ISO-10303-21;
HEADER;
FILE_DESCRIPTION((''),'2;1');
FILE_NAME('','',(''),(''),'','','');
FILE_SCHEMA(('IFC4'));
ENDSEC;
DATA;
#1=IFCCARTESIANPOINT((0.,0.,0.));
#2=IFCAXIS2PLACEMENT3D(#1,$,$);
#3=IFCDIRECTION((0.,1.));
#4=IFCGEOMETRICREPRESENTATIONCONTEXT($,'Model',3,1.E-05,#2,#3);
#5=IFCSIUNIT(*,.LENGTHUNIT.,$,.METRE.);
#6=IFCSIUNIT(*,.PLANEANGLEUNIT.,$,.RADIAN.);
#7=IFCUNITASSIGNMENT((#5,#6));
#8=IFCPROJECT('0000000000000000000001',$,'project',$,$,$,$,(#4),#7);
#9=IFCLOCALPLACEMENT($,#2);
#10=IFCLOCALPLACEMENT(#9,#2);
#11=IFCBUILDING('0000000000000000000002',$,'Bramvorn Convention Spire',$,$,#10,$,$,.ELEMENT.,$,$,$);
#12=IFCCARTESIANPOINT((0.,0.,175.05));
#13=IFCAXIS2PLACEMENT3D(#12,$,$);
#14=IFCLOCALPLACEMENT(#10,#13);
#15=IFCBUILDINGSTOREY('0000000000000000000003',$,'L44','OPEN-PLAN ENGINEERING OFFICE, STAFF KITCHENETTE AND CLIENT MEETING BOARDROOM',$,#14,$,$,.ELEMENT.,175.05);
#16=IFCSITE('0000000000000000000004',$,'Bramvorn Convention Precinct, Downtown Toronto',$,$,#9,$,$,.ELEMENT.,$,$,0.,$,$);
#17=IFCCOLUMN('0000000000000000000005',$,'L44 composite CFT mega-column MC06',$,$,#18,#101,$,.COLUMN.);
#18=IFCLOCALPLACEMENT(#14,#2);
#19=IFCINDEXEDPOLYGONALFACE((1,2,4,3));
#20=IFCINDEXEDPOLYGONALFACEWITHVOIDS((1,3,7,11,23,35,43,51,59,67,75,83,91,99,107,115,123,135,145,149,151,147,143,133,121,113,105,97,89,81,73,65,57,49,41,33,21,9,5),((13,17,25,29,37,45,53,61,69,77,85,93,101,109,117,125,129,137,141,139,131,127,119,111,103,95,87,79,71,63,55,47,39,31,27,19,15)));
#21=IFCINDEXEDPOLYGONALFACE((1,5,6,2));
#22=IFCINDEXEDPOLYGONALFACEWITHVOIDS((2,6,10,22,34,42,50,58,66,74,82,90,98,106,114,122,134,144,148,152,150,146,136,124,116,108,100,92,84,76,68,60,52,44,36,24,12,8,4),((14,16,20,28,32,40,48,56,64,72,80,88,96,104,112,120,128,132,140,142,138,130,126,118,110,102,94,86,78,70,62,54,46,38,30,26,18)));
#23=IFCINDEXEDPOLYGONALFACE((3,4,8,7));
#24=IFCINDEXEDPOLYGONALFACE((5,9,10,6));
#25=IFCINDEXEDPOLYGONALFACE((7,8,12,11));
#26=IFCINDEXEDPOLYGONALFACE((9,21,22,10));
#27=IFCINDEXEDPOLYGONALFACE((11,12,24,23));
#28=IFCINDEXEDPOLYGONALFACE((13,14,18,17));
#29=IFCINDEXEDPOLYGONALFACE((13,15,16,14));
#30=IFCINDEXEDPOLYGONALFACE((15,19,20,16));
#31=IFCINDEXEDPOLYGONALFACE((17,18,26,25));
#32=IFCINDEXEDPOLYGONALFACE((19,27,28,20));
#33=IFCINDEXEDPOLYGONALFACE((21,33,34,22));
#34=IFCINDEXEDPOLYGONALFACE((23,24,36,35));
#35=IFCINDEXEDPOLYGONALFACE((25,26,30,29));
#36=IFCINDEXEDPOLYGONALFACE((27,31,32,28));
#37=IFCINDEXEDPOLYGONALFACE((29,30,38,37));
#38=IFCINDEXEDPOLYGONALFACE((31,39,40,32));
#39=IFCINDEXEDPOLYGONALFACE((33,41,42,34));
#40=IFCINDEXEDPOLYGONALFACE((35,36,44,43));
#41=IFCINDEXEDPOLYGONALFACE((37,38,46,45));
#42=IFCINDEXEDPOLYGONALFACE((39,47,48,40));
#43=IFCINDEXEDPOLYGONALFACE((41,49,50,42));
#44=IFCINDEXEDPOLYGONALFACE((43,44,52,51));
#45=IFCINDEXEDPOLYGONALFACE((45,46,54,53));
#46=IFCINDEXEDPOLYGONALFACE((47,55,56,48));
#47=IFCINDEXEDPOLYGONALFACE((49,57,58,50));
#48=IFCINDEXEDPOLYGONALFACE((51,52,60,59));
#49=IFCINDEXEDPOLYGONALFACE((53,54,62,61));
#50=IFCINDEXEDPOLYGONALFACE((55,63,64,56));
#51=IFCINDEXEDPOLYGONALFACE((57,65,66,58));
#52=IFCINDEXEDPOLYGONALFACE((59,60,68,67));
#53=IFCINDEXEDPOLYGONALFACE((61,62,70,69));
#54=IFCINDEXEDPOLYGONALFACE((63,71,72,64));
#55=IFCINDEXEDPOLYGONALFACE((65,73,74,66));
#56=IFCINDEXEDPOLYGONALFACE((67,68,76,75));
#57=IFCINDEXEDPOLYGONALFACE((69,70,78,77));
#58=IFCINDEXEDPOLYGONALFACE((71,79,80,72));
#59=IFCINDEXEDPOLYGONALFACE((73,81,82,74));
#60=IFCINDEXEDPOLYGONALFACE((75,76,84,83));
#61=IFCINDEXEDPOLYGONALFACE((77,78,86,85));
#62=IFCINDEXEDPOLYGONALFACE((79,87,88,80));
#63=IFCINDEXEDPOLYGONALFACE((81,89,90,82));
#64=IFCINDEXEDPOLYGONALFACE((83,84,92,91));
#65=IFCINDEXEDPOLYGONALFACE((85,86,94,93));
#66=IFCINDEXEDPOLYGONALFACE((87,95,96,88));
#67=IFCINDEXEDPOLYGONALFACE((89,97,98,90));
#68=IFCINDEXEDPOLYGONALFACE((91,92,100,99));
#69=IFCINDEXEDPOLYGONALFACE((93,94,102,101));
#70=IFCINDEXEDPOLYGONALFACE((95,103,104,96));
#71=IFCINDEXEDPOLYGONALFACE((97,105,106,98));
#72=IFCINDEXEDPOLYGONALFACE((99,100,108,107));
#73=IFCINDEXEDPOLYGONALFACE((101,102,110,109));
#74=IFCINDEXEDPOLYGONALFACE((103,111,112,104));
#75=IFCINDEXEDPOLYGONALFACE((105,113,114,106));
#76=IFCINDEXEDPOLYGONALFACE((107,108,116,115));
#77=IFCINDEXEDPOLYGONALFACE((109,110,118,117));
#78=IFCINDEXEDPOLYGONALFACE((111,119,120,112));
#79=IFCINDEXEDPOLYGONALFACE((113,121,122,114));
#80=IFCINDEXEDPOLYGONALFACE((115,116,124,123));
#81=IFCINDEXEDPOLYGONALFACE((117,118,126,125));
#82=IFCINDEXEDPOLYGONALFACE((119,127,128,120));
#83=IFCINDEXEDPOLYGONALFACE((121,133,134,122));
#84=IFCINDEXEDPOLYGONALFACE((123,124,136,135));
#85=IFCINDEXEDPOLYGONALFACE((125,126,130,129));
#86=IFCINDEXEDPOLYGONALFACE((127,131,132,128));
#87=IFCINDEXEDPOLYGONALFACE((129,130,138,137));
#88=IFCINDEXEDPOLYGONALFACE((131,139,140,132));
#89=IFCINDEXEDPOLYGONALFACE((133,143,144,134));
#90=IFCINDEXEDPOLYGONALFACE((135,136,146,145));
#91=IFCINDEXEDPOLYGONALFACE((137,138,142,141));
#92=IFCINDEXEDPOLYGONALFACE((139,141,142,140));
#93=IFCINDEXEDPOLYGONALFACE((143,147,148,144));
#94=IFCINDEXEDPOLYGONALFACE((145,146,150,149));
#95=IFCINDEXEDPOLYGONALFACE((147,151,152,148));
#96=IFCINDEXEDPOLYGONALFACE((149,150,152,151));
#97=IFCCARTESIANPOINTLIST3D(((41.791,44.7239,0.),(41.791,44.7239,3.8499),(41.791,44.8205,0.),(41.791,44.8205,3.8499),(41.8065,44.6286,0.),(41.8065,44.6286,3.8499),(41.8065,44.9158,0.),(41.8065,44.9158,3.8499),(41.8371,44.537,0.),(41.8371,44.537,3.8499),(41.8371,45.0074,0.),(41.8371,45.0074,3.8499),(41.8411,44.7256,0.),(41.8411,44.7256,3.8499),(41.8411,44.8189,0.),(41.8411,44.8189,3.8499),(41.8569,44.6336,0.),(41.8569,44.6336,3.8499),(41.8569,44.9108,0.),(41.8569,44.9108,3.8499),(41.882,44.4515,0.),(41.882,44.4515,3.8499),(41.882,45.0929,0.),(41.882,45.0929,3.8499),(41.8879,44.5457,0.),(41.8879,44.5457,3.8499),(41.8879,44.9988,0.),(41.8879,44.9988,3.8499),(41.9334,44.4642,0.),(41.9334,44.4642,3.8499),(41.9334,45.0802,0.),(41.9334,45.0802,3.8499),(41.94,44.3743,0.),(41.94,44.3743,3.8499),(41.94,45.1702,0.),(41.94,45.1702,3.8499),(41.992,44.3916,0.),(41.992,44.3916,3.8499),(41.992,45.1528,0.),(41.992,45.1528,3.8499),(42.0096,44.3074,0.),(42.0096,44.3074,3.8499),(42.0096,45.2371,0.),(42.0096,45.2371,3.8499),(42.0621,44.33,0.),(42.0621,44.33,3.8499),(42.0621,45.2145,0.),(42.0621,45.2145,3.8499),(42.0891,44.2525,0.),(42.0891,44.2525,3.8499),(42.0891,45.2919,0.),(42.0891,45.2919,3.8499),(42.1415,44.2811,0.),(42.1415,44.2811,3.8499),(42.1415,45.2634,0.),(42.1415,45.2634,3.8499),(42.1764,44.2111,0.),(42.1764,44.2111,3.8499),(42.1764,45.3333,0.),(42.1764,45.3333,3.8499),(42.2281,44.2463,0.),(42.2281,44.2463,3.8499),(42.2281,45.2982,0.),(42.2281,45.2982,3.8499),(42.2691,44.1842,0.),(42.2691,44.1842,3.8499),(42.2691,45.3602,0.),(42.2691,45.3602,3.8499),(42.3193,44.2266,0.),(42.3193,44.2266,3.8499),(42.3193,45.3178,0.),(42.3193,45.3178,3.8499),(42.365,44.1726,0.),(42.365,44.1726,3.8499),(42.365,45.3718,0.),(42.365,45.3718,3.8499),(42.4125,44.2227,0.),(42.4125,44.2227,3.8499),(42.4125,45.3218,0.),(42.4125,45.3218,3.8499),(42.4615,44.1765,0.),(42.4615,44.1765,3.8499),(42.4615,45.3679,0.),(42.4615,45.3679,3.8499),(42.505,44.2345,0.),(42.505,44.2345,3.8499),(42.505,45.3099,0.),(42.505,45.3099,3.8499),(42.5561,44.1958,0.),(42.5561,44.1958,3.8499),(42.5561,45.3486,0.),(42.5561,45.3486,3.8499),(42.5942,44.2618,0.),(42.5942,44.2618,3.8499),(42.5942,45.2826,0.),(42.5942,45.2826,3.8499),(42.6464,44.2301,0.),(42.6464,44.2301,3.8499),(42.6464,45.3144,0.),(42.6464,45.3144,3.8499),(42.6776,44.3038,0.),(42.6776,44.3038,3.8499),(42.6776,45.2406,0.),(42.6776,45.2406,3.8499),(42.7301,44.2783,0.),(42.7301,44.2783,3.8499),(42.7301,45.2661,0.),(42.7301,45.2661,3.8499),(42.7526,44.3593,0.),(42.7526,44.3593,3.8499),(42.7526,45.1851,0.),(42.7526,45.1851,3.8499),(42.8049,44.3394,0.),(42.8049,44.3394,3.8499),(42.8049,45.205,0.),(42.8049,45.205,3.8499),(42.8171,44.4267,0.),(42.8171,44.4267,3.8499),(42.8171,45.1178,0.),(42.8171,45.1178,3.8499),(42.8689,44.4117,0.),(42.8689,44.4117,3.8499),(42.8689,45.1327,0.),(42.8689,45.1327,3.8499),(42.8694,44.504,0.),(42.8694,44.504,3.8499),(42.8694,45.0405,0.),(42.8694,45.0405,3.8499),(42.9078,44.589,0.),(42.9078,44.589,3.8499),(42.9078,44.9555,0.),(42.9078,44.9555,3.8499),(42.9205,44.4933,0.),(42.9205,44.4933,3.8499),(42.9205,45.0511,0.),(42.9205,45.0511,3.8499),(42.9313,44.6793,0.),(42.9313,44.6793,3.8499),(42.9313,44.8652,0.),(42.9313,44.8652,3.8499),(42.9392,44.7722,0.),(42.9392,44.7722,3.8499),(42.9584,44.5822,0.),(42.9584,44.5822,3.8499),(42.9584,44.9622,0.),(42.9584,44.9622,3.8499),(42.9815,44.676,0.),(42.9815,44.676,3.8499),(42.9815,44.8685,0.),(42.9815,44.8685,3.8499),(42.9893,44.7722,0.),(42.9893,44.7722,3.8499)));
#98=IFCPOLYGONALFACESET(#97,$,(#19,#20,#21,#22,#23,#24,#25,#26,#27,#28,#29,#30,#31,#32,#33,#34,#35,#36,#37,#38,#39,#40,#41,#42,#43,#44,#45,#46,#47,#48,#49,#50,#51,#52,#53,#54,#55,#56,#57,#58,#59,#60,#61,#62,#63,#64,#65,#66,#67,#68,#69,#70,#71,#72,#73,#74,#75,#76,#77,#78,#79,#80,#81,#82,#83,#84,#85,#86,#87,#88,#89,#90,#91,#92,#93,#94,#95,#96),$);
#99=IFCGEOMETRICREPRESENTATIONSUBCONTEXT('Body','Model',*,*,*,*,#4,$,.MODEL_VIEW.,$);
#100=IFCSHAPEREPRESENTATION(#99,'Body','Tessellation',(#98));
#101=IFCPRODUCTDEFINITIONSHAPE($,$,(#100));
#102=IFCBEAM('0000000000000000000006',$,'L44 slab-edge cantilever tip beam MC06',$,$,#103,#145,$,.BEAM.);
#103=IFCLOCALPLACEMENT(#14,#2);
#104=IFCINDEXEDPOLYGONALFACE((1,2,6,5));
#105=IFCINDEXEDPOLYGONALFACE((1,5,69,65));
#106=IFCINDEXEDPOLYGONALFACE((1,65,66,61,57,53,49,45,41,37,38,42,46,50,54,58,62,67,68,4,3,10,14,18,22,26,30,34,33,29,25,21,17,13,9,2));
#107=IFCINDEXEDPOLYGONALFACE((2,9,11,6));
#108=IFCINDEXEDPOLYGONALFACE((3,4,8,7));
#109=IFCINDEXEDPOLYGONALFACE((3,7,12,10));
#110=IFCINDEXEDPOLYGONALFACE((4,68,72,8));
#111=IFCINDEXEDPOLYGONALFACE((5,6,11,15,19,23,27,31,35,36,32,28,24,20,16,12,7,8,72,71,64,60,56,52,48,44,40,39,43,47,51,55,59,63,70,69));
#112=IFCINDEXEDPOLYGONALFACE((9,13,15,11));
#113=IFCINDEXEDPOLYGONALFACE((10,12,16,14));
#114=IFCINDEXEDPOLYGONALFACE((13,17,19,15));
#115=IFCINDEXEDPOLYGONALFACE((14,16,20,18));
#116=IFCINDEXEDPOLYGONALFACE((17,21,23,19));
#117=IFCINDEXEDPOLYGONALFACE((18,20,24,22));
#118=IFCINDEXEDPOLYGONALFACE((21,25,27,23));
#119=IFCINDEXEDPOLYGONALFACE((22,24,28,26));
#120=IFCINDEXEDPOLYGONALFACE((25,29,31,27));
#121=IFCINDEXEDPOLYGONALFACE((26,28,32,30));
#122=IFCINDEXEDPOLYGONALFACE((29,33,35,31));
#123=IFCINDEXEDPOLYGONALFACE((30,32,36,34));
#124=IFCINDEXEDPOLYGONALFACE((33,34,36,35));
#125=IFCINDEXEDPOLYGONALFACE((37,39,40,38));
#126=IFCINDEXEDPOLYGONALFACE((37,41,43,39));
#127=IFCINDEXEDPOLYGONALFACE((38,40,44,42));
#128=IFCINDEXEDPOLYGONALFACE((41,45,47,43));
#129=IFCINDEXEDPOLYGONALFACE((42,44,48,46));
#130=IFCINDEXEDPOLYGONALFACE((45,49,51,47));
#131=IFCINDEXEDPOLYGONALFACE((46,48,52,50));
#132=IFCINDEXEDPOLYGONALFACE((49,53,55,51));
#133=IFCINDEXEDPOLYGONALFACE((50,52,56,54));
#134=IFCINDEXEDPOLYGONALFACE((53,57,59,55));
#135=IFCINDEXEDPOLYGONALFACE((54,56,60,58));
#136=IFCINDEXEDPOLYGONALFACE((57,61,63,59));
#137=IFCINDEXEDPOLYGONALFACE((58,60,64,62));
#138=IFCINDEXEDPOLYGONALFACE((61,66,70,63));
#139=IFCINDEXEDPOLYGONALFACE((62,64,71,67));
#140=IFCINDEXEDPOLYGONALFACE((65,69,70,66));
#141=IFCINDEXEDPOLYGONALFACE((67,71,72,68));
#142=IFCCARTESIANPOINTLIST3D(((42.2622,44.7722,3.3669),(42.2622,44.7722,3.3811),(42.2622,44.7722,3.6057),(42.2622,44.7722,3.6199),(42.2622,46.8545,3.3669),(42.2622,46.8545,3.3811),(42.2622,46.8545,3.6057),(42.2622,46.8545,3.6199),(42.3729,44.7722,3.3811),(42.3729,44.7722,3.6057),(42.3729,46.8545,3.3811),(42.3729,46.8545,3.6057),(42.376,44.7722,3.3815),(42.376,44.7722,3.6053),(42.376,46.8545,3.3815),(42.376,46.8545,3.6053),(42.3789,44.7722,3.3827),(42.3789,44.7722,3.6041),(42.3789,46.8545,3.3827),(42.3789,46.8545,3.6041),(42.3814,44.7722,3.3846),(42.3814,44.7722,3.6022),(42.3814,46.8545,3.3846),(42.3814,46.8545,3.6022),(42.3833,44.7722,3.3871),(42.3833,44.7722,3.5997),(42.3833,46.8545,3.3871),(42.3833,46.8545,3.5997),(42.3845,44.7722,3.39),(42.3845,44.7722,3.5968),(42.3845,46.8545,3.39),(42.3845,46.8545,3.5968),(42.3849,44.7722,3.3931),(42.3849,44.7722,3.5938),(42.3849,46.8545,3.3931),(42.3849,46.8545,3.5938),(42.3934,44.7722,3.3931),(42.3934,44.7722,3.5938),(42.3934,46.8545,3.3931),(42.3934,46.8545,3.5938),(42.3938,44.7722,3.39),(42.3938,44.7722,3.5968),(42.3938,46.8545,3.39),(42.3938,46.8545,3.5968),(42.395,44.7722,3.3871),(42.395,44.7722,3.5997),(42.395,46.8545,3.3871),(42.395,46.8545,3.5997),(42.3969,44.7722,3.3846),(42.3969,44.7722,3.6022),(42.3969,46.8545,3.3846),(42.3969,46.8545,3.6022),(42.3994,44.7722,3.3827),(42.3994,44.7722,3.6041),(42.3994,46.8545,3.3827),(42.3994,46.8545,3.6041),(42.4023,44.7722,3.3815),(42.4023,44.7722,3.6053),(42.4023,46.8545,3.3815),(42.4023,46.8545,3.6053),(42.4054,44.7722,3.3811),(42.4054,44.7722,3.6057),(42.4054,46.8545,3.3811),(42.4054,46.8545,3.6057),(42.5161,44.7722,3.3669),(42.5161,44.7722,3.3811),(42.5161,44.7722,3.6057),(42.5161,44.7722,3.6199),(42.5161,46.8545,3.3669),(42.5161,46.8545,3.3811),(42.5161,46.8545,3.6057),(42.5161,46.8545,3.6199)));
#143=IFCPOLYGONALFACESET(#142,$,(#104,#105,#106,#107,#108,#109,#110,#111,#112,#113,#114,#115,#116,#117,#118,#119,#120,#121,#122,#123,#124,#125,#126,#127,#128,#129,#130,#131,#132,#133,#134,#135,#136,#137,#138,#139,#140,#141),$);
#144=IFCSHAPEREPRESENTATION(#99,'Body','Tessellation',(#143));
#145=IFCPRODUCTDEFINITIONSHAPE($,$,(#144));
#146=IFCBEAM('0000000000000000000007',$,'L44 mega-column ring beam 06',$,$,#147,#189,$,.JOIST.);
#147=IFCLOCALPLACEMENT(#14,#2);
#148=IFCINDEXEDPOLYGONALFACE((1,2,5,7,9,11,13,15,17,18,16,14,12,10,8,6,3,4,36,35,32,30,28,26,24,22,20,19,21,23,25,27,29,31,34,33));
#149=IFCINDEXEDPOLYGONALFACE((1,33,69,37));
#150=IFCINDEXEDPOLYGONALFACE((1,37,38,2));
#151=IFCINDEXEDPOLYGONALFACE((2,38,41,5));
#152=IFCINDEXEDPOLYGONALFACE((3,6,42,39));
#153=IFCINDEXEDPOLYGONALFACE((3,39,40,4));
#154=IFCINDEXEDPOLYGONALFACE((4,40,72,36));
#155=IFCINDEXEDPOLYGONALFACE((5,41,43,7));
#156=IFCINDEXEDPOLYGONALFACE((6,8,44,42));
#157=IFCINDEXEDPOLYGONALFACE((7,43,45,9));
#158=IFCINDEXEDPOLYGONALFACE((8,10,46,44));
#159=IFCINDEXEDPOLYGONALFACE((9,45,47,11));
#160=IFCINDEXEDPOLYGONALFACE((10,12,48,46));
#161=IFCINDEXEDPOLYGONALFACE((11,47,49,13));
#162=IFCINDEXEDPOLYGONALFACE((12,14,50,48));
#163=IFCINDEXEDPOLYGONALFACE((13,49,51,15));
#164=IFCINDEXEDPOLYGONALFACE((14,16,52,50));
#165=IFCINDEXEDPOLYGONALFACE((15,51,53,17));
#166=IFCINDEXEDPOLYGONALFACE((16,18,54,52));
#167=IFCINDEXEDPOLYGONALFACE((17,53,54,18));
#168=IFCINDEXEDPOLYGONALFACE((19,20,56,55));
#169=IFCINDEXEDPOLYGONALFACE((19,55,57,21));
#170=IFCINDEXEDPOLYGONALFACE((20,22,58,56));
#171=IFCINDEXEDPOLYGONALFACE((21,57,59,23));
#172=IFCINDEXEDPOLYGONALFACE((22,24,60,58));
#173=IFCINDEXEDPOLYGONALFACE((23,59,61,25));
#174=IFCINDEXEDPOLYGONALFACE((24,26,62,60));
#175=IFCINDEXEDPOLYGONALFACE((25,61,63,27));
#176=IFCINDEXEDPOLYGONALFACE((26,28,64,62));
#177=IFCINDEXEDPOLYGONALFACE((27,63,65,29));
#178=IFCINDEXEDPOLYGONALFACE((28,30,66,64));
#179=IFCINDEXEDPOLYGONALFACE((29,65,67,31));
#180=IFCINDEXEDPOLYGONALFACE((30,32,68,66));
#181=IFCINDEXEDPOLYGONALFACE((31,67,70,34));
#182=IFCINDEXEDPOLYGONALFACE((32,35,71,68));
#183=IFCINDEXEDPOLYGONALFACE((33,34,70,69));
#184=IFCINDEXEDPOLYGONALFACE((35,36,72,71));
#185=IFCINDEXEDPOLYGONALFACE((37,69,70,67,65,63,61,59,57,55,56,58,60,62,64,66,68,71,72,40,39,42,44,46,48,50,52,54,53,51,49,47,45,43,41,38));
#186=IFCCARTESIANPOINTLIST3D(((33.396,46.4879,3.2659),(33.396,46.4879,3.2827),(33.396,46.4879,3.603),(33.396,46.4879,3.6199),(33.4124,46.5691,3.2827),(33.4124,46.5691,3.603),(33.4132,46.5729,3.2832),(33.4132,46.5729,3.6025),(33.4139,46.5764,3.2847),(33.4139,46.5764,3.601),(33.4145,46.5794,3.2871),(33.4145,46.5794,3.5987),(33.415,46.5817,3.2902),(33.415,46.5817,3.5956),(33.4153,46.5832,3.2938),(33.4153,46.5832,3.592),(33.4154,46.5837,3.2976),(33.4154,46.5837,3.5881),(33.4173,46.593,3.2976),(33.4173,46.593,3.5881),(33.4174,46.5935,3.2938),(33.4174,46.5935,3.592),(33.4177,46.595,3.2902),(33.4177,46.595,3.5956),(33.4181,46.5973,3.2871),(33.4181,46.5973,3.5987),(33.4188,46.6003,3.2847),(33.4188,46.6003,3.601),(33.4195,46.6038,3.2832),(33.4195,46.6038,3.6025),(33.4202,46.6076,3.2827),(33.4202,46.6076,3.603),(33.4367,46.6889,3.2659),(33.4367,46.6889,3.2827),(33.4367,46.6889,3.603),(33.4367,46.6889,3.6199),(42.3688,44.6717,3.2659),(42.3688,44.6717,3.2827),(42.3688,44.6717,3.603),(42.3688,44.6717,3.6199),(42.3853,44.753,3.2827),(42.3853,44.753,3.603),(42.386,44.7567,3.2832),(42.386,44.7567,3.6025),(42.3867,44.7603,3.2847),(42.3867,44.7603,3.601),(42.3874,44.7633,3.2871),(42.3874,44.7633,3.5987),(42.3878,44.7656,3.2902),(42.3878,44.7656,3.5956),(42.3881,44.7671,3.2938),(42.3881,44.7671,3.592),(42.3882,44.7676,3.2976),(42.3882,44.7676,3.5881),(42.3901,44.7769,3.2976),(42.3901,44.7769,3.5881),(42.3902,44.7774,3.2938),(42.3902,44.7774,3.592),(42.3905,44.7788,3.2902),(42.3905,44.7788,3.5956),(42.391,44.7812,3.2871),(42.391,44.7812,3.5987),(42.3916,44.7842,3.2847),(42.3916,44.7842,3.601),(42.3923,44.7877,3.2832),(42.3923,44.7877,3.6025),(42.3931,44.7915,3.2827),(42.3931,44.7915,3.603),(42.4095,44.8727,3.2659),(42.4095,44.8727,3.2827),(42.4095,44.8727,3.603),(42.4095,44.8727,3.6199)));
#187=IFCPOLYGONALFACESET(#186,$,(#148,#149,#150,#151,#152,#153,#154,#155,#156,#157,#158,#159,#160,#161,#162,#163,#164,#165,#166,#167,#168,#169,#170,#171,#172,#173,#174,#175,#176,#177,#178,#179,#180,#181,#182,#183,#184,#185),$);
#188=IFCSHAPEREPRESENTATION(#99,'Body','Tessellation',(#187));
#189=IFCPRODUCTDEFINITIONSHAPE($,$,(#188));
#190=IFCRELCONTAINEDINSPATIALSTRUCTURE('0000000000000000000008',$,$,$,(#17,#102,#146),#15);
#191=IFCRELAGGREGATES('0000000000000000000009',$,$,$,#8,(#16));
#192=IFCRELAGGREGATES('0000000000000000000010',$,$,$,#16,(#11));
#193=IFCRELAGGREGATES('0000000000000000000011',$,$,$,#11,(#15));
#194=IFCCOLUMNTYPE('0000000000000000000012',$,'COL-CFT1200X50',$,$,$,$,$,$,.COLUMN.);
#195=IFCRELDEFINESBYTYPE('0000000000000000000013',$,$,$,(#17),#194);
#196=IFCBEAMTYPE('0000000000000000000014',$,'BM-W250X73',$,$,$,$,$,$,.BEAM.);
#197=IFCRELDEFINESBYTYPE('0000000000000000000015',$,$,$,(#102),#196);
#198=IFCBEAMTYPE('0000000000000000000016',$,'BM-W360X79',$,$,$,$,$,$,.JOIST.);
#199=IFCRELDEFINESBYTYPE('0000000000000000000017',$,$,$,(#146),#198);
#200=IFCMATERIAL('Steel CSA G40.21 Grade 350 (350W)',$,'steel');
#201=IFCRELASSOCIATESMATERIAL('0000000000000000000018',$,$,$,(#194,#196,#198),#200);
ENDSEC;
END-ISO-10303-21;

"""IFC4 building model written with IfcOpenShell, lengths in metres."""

from ifc_helpers import new_model, si_unit, direction, frame, origin, origin_2d, place, context, subcontext, project, spatial, hollow_circle, i_section, extrude, material, material_profile, profile_set, type_object, element, save


model = new_model("IFC4")

# Units and contexts
model_context = context("Model", 3, precision=1e-05, world=origin(), true_north=direction((0.0, 1.0)))
body_context = subcontext(model_context, "Body", "Model", "MODEL_VIEW")
ifc_project = project(units=[si_unit("LENGTHUNIT", "METRE"), si_unit("PLANEANGLEUNIT", "RADIAN")], contexts=[model_context])

# Site, building, storey
site_placement = place(None, origin())
site = spatial("IfcSite", under=ifc_project, at=site_placement, Name="Bramvorn Convention Precinct, Downtown Toronto", CompositionType="ELEMENT", RefElevation=0.0)
building_placement = place(site_placement, origin())
building = spatial("IfcBuilding", under=site, at=building_placement, Name="Bramvorn Convention Spire", CompositionType="ELEMENT")
storey_placement = place(building_placement, frame((0.0, 0.0, 175.05)))
storey = spatial("IfcBuildingStorey", under=building, at=storey_placement, Name="L44", Description="OPEN-PLAN ENGINEERING OFFICE, STAFF KITCHENETTE AND CLIENT MEETING BOARDROOM", CompositionType="ELEMENT", Elevation=175.05)

# Column
ifc_material_1 = material(Name="Steel CSA G40.21 Grade 350 (350W)", Category="steel")
ifc_material_profile_1 = material_profile(ifc_material_1, hollow_circle(Radius=0.6001, WallThickness=0.05, at=origin_2d()))
ifc_profile_set_1 = profile_set([ifc_material_profile_1], Name="Steel CSA G40.21 Grade 350 (350W) - CFT1200X50")
column_type = type_object("IfcColumnType", Name="COL-CFT1200X50", PredefinedType="COLUMN", material=ifc_profile_set_1)
column_placement = place(storey_placement, frame((42.3892, 44.7722, 0.0), z_axis=(0.0, 0.0, 1.0), x_axis=(1.0, 0.0, 0.0)))
element("IfcColumn", 1, at=column_placement, inside=storey, type_object=column_type, Name="L44 composite CFT mega-column MC06", PredefinedType="COLUMN", context=body_context, shape_type="SweptSolid", body=[
    extrude(hollow_circle(Radius=0.6001, WallThickness=0.05, at=origin_2d()), origin(), (0.0, 0.0, 1.0), 3.8499),
])

# Beams
ifc_material_profile_2 = material_profile(ifc_material_1, i_section(OverallWidth=0.2539, OverallDepth=0.2529, WebThickness=0.0085, FlangeThickness=0.0142, FilletRadius=0.012, at=origin_2d()))
ifc_profile_set_2 = profile_set([ifc_material_profile_2], Name="Steel CSA G40.21 Grade 350 (350W) - W250X73")
beam_type_1 = type_object("IfcBeamType", Name="BM-W250X73", PredefinedType="BEAM", material=ifc_profile_set_2)
beam_1_placement = place(storey_placement, frame((42.3892, 44.7722, 3.4934), z_axis=(0.0, 1.0, 0.0), x_axis=(-1.0, 0.0, 0.0)))
element("IfcBeam", 2, at=beam_1_placement, inside=storey, type_object=beam_type_1, Name="L44 slab-edge cantilever tip beam MC06", PredefinedType="BEAM", context=body_context, shape_type="SweptSolid", body=[
    extrude(i_section(OverallWidth=0.2539, OverallDepth=0.2529, WebThickness=0.0085, FlangeThickness=0.0142, FilletRadius=0.012, at=origin_2d()), origin(), (0.0, 0.0, 1.0), 2.0823),
])
ifc_material_profile_3 = material_profile(ifc_material_1, i_section(OverallWidth=0.2051, OverallDepth=0.354, WebThickness=0.0095, FlangeThickness=0.0168, FilletRadius=0.0149, at=origin_2d()))
ifc_profile_set_3 = profile_set([ifc_material_profile_3], Name="Steel CSA G40.21 Grade 350 (350W) - W360X79")
beam_type_2 = type_object("IfcBeamType", Name="BM-W360X79", PredefinedType="JOIST", material=ifc_profile_set_3)
beam_2_placement = place(storey_placement, frame((42.3892, 44.7722, 3.4429), z_axis=(-0.980125, 0.198382, 0.0), x_axis=(-0.198382, -0.980125, 0.0)))
element("IfcBeam", 3, at=beam_2_placement, inside=storey, type_object=beam_type_2, Name="L44 mega-column ring beam 06", PredefinedType="JOIST", context=body_context, shape_type="SweptSolid", body=[
    extrude(i_section(OverallWidth=0.2051, OverallDepth=0.354, WebThickness=0.0095, FlangeThickness=0.0168, FilletRadius=0.0149, at=origin_2d()), origin(), (0.0, 0.0, 1.0), 9.1548),
])

save(model, "model.ifc")
